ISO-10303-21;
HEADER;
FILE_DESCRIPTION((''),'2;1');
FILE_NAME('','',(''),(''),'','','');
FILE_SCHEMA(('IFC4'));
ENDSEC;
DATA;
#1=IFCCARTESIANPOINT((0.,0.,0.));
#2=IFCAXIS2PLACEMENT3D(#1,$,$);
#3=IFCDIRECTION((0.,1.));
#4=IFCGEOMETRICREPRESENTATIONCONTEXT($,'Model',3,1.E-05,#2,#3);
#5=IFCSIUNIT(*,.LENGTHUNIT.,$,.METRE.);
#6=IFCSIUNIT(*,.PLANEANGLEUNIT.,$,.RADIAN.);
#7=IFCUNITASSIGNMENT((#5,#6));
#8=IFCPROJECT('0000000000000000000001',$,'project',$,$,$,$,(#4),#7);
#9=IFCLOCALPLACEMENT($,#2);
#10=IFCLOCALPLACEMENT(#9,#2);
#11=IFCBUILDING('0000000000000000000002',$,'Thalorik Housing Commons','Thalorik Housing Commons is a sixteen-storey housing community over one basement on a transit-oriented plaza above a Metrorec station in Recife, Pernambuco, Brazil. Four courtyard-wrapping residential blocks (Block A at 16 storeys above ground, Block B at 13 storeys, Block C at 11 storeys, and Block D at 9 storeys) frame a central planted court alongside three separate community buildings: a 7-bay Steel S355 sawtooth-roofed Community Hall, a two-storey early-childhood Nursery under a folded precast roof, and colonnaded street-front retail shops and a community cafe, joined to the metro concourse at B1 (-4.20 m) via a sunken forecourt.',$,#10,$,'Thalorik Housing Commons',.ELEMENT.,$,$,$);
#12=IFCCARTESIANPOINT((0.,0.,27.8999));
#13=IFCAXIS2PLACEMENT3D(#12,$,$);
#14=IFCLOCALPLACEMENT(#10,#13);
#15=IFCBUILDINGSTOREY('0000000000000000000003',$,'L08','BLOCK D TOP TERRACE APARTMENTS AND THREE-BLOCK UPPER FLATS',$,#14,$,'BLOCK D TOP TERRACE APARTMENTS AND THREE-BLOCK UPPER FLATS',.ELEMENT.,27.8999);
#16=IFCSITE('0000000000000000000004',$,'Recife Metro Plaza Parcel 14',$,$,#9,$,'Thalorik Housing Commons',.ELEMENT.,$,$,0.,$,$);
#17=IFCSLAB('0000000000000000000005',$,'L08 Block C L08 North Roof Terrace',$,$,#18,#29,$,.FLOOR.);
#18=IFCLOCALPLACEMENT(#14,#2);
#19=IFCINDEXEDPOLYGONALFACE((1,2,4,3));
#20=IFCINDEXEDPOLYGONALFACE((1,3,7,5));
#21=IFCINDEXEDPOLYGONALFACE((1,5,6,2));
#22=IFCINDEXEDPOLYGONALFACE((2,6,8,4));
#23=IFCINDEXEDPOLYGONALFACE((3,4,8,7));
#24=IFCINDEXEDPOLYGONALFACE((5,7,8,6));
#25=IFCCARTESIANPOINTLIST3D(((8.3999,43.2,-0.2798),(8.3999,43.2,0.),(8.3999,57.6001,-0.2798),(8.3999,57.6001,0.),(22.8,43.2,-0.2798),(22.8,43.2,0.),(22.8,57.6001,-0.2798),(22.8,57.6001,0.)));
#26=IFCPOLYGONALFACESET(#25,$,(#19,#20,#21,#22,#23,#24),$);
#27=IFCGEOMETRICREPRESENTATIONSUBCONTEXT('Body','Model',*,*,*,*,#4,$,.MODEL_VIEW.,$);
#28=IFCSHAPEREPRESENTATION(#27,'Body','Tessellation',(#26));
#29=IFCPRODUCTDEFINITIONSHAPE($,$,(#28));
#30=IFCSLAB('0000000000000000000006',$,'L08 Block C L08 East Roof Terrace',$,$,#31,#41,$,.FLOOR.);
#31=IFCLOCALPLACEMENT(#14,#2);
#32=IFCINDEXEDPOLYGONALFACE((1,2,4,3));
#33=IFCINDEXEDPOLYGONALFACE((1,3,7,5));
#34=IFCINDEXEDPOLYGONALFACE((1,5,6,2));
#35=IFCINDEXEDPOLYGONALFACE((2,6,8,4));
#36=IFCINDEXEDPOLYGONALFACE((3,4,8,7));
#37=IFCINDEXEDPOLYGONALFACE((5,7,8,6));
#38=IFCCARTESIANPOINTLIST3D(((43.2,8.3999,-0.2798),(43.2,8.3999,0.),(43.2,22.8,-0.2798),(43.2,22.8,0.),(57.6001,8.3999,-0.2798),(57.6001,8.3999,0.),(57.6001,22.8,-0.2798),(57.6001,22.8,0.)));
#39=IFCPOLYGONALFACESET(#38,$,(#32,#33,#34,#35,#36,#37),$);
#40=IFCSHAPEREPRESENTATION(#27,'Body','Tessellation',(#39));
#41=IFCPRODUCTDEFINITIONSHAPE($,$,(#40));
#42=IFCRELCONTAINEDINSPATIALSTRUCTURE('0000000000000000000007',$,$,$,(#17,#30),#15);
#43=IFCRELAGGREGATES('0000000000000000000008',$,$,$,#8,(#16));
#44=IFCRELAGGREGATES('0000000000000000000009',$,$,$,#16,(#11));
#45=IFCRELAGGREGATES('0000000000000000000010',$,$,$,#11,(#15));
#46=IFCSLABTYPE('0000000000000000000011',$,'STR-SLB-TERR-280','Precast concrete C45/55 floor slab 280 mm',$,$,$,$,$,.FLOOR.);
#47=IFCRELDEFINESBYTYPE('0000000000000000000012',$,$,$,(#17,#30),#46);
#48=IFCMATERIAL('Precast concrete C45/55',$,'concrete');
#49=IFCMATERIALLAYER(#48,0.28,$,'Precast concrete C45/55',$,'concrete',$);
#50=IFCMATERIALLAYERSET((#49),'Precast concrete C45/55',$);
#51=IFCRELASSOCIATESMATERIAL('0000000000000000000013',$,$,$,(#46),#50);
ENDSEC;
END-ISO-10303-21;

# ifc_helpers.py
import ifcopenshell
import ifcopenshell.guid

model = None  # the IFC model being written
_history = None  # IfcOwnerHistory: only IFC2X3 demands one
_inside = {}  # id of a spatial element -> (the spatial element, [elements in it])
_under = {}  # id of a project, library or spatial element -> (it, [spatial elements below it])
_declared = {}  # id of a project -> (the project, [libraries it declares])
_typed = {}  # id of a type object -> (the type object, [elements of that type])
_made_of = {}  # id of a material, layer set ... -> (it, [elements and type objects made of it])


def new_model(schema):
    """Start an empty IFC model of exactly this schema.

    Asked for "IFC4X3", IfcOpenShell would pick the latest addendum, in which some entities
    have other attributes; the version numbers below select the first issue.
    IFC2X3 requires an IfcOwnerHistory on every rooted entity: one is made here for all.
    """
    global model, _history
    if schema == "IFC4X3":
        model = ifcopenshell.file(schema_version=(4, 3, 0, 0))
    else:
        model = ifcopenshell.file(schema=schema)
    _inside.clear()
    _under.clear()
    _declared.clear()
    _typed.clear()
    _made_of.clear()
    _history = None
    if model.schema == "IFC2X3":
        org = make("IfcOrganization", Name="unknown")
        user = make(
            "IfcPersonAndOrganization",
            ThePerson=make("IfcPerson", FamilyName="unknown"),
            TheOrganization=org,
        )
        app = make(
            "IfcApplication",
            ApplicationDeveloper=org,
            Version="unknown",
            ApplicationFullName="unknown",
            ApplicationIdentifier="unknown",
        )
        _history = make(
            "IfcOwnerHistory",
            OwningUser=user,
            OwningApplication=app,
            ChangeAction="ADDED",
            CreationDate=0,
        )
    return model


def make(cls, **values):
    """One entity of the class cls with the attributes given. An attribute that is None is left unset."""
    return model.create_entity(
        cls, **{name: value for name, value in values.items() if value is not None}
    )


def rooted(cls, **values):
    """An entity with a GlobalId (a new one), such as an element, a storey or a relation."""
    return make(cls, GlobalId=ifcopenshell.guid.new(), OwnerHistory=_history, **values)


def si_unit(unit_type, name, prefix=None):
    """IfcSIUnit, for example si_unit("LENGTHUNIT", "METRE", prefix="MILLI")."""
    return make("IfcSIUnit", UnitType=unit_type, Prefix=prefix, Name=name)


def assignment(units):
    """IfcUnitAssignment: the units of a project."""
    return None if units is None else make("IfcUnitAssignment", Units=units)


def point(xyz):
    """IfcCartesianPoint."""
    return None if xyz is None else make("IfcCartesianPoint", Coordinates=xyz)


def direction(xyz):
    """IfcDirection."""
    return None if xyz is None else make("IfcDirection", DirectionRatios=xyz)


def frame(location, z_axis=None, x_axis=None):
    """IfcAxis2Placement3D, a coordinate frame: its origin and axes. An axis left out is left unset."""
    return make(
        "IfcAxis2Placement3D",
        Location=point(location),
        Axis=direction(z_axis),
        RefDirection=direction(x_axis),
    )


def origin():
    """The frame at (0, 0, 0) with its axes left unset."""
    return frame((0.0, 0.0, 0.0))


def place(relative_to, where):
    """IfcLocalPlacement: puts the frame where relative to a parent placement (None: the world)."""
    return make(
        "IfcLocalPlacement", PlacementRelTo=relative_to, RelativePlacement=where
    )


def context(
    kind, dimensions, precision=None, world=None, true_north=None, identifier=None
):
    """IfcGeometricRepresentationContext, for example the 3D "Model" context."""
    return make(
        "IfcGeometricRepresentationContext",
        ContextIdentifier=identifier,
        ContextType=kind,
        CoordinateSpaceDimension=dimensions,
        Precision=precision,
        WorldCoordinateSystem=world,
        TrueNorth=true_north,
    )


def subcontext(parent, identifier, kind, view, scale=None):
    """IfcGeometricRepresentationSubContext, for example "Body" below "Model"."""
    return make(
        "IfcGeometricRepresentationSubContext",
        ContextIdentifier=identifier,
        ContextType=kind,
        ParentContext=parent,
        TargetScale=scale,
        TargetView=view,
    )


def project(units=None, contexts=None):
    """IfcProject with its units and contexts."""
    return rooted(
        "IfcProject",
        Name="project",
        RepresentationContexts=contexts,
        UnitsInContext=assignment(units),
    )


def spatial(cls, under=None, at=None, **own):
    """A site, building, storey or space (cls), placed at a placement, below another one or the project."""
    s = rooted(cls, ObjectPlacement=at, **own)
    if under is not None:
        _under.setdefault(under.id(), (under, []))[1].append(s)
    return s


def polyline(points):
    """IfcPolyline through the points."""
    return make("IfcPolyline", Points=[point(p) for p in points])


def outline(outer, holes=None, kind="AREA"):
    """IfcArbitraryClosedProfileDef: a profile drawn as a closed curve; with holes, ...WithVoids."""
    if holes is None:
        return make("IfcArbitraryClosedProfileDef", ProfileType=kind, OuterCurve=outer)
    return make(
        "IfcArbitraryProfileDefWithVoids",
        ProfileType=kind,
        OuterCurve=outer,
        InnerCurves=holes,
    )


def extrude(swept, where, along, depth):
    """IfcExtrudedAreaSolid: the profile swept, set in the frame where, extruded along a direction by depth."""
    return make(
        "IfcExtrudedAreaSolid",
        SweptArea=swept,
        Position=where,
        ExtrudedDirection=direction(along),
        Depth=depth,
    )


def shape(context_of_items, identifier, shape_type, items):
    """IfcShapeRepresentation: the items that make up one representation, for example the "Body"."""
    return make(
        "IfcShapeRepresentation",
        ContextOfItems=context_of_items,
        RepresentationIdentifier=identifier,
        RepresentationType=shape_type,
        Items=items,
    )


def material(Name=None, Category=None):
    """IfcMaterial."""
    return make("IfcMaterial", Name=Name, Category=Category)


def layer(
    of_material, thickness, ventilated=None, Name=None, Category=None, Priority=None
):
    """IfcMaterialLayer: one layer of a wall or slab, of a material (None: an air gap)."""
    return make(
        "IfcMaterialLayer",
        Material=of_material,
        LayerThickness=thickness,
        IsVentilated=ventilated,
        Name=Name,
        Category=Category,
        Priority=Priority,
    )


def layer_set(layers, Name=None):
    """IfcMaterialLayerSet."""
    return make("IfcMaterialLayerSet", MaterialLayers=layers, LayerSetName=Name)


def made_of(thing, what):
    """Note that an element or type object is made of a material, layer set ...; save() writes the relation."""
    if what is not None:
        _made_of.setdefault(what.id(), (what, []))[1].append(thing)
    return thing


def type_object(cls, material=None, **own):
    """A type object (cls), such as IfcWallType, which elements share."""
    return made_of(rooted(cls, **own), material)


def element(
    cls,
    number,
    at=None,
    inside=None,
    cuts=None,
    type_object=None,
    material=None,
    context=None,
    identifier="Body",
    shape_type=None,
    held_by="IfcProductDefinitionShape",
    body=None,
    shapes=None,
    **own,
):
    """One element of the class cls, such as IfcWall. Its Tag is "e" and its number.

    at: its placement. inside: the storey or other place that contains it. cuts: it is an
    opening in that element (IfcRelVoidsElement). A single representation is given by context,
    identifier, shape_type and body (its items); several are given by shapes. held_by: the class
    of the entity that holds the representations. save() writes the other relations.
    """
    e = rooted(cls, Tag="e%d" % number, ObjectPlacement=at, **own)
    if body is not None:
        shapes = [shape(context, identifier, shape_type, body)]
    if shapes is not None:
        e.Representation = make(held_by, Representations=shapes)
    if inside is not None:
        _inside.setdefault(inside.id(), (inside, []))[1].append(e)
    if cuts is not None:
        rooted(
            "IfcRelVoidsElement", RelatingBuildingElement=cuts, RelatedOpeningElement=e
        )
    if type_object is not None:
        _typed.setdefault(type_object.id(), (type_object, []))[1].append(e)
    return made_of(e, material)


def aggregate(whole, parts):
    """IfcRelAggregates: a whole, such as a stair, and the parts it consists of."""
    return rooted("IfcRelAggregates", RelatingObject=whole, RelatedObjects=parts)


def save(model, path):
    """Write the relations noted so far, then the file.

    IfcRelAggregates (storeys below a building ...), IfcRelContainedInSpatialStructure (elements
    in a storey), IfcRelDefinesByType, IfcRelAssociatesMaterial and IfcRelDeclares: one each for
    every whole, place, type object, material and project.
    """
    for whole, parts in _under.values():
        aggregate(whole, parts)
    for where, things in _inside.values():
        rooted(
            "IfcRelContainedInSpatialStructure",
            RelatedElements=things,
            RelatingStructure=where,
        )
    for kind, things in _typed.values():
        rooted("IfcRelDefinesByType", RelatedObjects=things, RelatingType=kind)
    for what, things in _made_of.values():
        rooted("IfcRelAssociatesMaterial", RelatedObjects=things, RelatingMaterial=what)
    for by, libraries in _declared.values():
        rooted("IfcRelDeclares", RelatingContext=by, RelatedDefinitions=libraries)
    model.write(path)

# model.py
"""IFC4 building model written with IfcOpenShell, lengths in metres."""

from ifc_helpers import new_model, si_unit, direction, frame, origin, place, context, subcontext, project, spatial, polyline, outline, extrude, material, layer, layer_set, type_object, element, save


model = new_model("IFC4")

# Units and contexts
model_context = context("Model", 3, precision=1e-05, world=origin(), true_north=direction((0.0, 1.0)))
body_context = subcontext(model_context, "Body", "Model", "MODEL_VIEW")
ifc_project = project(units=[si_unit("LENGTHUNIT", "METRE"), si_unit("PLANEANGLEUNIT", "RADIAN")], contexts=[model_context])

# Site, building, storey
site_placement = place(None, origin())
site = spatial("IfcSite", under=ifc_project, at=site_placement, Name="Recife Metro Plaza Parcel 14", LongName="Thalorik Housing Commons", CompositionType="ELEMENT", RefElevation=0.0)
building_placement = place(site_placement, origin())
building = spatial("IfcBuilding", under=site, at=building_placement, Name="Thalorik Housing Commons", Description="Thalorik Housing Commons is a sixteen-storey housing community over one basement on a transit-oriented plaza above a Metrorec station in Recife, Pernambuco, Brazil. Four courtyard-wrapping residential blocks (Block A at 16 storeys above ground, Block B at 13 storeys, Block C at 11 storeys, and Block D at 9 storeys) frame a central planted court alongside three separate community buildings: a 7-bay Steel S355 sawtooth-roofed Community Hall, a two-storey early-childhood Nursery under a folded precast roof, and colonnaded street-front retail shops and a community cafe, joined to the metro concourse at B1 (-4.20 m) via a sunken forecourt.", LongName="Thalorik Housing Commons", CompositionType="ELEMENT")
storey_placement = place(building_placement, frame((0.0, 0.0, 27.8999)))
storey = spatial("IfcBuildingStorey", under=building, at=storey_placement, Name="L08", Description="BLOCK D TOP TERRACE APARTMENTS AND THREE-BLOCK UPPER FLATS", LongName="BLOCK D TOP TERRACE APARTMENTS AND THREE-BLOCK UPPER FLATS", CompositionType="ELEMENT", Elevation=27.8999)

# Slabs
ifc_material_1 = material(Name="Precast concrete C45/55", Category="concrete")
ifc_layer_1 = layer(ifc_material_1, 0.28, Name="Precast concrete C45/55", Category="concrete")
ifc_layer_set_1 = layer_set([ifc_layer_1], Name="Precast concrete C45/55")
slab_type_1 = type_object("IfcSlabType", Name="STR-SLB-TERR-280", Description="Precast concrete C45/55 floor slab 280 mm", PredefinedType="FLOOR", material=ifc_layer_set_1)
slab_1_placement = place(storey_placement, frame((0.0, 0.0, -0.2798)))
element("IfcSlab", 1, at=slab_1_placement, inside=storey, type_object=slab_type_1, Name="L08 Block C L08 North Roof Terrace", PredefinedType="FLOOR", context=body_context, shape_type="SweptSolid", body=[
    extrude(outline(polyline([(22.8, 43.2), (22.8, 57.6001), (8.3999, 57.6001), (8.3999, 43.2), (22.8, 43.2)])), origin(), (0.0, 0.0, 1.0), 0.2798),
])
slab_2_placement = place(storey_placement, frame((0.0, 0.0, -0.2798)))
element("IfcSlab", 2, at=slab_2_placement, inside=storey, type_object=slab_type_1, Name="L08 Block C L08 East Roof Terrace", PredefinedType="FLOOR", context=body_context, shape_type="SweptSolid", body=[
    extrude(outline(polyline([(57.6001, 8.3999), (57.6001, 22.8), (43.2, 22.8), (43.2, 8.3999), (57.6001, 8.3999)])), origin(), (0.0, 0.0, 1.0), 0.2798),
])

save(model, "model.ifc")
